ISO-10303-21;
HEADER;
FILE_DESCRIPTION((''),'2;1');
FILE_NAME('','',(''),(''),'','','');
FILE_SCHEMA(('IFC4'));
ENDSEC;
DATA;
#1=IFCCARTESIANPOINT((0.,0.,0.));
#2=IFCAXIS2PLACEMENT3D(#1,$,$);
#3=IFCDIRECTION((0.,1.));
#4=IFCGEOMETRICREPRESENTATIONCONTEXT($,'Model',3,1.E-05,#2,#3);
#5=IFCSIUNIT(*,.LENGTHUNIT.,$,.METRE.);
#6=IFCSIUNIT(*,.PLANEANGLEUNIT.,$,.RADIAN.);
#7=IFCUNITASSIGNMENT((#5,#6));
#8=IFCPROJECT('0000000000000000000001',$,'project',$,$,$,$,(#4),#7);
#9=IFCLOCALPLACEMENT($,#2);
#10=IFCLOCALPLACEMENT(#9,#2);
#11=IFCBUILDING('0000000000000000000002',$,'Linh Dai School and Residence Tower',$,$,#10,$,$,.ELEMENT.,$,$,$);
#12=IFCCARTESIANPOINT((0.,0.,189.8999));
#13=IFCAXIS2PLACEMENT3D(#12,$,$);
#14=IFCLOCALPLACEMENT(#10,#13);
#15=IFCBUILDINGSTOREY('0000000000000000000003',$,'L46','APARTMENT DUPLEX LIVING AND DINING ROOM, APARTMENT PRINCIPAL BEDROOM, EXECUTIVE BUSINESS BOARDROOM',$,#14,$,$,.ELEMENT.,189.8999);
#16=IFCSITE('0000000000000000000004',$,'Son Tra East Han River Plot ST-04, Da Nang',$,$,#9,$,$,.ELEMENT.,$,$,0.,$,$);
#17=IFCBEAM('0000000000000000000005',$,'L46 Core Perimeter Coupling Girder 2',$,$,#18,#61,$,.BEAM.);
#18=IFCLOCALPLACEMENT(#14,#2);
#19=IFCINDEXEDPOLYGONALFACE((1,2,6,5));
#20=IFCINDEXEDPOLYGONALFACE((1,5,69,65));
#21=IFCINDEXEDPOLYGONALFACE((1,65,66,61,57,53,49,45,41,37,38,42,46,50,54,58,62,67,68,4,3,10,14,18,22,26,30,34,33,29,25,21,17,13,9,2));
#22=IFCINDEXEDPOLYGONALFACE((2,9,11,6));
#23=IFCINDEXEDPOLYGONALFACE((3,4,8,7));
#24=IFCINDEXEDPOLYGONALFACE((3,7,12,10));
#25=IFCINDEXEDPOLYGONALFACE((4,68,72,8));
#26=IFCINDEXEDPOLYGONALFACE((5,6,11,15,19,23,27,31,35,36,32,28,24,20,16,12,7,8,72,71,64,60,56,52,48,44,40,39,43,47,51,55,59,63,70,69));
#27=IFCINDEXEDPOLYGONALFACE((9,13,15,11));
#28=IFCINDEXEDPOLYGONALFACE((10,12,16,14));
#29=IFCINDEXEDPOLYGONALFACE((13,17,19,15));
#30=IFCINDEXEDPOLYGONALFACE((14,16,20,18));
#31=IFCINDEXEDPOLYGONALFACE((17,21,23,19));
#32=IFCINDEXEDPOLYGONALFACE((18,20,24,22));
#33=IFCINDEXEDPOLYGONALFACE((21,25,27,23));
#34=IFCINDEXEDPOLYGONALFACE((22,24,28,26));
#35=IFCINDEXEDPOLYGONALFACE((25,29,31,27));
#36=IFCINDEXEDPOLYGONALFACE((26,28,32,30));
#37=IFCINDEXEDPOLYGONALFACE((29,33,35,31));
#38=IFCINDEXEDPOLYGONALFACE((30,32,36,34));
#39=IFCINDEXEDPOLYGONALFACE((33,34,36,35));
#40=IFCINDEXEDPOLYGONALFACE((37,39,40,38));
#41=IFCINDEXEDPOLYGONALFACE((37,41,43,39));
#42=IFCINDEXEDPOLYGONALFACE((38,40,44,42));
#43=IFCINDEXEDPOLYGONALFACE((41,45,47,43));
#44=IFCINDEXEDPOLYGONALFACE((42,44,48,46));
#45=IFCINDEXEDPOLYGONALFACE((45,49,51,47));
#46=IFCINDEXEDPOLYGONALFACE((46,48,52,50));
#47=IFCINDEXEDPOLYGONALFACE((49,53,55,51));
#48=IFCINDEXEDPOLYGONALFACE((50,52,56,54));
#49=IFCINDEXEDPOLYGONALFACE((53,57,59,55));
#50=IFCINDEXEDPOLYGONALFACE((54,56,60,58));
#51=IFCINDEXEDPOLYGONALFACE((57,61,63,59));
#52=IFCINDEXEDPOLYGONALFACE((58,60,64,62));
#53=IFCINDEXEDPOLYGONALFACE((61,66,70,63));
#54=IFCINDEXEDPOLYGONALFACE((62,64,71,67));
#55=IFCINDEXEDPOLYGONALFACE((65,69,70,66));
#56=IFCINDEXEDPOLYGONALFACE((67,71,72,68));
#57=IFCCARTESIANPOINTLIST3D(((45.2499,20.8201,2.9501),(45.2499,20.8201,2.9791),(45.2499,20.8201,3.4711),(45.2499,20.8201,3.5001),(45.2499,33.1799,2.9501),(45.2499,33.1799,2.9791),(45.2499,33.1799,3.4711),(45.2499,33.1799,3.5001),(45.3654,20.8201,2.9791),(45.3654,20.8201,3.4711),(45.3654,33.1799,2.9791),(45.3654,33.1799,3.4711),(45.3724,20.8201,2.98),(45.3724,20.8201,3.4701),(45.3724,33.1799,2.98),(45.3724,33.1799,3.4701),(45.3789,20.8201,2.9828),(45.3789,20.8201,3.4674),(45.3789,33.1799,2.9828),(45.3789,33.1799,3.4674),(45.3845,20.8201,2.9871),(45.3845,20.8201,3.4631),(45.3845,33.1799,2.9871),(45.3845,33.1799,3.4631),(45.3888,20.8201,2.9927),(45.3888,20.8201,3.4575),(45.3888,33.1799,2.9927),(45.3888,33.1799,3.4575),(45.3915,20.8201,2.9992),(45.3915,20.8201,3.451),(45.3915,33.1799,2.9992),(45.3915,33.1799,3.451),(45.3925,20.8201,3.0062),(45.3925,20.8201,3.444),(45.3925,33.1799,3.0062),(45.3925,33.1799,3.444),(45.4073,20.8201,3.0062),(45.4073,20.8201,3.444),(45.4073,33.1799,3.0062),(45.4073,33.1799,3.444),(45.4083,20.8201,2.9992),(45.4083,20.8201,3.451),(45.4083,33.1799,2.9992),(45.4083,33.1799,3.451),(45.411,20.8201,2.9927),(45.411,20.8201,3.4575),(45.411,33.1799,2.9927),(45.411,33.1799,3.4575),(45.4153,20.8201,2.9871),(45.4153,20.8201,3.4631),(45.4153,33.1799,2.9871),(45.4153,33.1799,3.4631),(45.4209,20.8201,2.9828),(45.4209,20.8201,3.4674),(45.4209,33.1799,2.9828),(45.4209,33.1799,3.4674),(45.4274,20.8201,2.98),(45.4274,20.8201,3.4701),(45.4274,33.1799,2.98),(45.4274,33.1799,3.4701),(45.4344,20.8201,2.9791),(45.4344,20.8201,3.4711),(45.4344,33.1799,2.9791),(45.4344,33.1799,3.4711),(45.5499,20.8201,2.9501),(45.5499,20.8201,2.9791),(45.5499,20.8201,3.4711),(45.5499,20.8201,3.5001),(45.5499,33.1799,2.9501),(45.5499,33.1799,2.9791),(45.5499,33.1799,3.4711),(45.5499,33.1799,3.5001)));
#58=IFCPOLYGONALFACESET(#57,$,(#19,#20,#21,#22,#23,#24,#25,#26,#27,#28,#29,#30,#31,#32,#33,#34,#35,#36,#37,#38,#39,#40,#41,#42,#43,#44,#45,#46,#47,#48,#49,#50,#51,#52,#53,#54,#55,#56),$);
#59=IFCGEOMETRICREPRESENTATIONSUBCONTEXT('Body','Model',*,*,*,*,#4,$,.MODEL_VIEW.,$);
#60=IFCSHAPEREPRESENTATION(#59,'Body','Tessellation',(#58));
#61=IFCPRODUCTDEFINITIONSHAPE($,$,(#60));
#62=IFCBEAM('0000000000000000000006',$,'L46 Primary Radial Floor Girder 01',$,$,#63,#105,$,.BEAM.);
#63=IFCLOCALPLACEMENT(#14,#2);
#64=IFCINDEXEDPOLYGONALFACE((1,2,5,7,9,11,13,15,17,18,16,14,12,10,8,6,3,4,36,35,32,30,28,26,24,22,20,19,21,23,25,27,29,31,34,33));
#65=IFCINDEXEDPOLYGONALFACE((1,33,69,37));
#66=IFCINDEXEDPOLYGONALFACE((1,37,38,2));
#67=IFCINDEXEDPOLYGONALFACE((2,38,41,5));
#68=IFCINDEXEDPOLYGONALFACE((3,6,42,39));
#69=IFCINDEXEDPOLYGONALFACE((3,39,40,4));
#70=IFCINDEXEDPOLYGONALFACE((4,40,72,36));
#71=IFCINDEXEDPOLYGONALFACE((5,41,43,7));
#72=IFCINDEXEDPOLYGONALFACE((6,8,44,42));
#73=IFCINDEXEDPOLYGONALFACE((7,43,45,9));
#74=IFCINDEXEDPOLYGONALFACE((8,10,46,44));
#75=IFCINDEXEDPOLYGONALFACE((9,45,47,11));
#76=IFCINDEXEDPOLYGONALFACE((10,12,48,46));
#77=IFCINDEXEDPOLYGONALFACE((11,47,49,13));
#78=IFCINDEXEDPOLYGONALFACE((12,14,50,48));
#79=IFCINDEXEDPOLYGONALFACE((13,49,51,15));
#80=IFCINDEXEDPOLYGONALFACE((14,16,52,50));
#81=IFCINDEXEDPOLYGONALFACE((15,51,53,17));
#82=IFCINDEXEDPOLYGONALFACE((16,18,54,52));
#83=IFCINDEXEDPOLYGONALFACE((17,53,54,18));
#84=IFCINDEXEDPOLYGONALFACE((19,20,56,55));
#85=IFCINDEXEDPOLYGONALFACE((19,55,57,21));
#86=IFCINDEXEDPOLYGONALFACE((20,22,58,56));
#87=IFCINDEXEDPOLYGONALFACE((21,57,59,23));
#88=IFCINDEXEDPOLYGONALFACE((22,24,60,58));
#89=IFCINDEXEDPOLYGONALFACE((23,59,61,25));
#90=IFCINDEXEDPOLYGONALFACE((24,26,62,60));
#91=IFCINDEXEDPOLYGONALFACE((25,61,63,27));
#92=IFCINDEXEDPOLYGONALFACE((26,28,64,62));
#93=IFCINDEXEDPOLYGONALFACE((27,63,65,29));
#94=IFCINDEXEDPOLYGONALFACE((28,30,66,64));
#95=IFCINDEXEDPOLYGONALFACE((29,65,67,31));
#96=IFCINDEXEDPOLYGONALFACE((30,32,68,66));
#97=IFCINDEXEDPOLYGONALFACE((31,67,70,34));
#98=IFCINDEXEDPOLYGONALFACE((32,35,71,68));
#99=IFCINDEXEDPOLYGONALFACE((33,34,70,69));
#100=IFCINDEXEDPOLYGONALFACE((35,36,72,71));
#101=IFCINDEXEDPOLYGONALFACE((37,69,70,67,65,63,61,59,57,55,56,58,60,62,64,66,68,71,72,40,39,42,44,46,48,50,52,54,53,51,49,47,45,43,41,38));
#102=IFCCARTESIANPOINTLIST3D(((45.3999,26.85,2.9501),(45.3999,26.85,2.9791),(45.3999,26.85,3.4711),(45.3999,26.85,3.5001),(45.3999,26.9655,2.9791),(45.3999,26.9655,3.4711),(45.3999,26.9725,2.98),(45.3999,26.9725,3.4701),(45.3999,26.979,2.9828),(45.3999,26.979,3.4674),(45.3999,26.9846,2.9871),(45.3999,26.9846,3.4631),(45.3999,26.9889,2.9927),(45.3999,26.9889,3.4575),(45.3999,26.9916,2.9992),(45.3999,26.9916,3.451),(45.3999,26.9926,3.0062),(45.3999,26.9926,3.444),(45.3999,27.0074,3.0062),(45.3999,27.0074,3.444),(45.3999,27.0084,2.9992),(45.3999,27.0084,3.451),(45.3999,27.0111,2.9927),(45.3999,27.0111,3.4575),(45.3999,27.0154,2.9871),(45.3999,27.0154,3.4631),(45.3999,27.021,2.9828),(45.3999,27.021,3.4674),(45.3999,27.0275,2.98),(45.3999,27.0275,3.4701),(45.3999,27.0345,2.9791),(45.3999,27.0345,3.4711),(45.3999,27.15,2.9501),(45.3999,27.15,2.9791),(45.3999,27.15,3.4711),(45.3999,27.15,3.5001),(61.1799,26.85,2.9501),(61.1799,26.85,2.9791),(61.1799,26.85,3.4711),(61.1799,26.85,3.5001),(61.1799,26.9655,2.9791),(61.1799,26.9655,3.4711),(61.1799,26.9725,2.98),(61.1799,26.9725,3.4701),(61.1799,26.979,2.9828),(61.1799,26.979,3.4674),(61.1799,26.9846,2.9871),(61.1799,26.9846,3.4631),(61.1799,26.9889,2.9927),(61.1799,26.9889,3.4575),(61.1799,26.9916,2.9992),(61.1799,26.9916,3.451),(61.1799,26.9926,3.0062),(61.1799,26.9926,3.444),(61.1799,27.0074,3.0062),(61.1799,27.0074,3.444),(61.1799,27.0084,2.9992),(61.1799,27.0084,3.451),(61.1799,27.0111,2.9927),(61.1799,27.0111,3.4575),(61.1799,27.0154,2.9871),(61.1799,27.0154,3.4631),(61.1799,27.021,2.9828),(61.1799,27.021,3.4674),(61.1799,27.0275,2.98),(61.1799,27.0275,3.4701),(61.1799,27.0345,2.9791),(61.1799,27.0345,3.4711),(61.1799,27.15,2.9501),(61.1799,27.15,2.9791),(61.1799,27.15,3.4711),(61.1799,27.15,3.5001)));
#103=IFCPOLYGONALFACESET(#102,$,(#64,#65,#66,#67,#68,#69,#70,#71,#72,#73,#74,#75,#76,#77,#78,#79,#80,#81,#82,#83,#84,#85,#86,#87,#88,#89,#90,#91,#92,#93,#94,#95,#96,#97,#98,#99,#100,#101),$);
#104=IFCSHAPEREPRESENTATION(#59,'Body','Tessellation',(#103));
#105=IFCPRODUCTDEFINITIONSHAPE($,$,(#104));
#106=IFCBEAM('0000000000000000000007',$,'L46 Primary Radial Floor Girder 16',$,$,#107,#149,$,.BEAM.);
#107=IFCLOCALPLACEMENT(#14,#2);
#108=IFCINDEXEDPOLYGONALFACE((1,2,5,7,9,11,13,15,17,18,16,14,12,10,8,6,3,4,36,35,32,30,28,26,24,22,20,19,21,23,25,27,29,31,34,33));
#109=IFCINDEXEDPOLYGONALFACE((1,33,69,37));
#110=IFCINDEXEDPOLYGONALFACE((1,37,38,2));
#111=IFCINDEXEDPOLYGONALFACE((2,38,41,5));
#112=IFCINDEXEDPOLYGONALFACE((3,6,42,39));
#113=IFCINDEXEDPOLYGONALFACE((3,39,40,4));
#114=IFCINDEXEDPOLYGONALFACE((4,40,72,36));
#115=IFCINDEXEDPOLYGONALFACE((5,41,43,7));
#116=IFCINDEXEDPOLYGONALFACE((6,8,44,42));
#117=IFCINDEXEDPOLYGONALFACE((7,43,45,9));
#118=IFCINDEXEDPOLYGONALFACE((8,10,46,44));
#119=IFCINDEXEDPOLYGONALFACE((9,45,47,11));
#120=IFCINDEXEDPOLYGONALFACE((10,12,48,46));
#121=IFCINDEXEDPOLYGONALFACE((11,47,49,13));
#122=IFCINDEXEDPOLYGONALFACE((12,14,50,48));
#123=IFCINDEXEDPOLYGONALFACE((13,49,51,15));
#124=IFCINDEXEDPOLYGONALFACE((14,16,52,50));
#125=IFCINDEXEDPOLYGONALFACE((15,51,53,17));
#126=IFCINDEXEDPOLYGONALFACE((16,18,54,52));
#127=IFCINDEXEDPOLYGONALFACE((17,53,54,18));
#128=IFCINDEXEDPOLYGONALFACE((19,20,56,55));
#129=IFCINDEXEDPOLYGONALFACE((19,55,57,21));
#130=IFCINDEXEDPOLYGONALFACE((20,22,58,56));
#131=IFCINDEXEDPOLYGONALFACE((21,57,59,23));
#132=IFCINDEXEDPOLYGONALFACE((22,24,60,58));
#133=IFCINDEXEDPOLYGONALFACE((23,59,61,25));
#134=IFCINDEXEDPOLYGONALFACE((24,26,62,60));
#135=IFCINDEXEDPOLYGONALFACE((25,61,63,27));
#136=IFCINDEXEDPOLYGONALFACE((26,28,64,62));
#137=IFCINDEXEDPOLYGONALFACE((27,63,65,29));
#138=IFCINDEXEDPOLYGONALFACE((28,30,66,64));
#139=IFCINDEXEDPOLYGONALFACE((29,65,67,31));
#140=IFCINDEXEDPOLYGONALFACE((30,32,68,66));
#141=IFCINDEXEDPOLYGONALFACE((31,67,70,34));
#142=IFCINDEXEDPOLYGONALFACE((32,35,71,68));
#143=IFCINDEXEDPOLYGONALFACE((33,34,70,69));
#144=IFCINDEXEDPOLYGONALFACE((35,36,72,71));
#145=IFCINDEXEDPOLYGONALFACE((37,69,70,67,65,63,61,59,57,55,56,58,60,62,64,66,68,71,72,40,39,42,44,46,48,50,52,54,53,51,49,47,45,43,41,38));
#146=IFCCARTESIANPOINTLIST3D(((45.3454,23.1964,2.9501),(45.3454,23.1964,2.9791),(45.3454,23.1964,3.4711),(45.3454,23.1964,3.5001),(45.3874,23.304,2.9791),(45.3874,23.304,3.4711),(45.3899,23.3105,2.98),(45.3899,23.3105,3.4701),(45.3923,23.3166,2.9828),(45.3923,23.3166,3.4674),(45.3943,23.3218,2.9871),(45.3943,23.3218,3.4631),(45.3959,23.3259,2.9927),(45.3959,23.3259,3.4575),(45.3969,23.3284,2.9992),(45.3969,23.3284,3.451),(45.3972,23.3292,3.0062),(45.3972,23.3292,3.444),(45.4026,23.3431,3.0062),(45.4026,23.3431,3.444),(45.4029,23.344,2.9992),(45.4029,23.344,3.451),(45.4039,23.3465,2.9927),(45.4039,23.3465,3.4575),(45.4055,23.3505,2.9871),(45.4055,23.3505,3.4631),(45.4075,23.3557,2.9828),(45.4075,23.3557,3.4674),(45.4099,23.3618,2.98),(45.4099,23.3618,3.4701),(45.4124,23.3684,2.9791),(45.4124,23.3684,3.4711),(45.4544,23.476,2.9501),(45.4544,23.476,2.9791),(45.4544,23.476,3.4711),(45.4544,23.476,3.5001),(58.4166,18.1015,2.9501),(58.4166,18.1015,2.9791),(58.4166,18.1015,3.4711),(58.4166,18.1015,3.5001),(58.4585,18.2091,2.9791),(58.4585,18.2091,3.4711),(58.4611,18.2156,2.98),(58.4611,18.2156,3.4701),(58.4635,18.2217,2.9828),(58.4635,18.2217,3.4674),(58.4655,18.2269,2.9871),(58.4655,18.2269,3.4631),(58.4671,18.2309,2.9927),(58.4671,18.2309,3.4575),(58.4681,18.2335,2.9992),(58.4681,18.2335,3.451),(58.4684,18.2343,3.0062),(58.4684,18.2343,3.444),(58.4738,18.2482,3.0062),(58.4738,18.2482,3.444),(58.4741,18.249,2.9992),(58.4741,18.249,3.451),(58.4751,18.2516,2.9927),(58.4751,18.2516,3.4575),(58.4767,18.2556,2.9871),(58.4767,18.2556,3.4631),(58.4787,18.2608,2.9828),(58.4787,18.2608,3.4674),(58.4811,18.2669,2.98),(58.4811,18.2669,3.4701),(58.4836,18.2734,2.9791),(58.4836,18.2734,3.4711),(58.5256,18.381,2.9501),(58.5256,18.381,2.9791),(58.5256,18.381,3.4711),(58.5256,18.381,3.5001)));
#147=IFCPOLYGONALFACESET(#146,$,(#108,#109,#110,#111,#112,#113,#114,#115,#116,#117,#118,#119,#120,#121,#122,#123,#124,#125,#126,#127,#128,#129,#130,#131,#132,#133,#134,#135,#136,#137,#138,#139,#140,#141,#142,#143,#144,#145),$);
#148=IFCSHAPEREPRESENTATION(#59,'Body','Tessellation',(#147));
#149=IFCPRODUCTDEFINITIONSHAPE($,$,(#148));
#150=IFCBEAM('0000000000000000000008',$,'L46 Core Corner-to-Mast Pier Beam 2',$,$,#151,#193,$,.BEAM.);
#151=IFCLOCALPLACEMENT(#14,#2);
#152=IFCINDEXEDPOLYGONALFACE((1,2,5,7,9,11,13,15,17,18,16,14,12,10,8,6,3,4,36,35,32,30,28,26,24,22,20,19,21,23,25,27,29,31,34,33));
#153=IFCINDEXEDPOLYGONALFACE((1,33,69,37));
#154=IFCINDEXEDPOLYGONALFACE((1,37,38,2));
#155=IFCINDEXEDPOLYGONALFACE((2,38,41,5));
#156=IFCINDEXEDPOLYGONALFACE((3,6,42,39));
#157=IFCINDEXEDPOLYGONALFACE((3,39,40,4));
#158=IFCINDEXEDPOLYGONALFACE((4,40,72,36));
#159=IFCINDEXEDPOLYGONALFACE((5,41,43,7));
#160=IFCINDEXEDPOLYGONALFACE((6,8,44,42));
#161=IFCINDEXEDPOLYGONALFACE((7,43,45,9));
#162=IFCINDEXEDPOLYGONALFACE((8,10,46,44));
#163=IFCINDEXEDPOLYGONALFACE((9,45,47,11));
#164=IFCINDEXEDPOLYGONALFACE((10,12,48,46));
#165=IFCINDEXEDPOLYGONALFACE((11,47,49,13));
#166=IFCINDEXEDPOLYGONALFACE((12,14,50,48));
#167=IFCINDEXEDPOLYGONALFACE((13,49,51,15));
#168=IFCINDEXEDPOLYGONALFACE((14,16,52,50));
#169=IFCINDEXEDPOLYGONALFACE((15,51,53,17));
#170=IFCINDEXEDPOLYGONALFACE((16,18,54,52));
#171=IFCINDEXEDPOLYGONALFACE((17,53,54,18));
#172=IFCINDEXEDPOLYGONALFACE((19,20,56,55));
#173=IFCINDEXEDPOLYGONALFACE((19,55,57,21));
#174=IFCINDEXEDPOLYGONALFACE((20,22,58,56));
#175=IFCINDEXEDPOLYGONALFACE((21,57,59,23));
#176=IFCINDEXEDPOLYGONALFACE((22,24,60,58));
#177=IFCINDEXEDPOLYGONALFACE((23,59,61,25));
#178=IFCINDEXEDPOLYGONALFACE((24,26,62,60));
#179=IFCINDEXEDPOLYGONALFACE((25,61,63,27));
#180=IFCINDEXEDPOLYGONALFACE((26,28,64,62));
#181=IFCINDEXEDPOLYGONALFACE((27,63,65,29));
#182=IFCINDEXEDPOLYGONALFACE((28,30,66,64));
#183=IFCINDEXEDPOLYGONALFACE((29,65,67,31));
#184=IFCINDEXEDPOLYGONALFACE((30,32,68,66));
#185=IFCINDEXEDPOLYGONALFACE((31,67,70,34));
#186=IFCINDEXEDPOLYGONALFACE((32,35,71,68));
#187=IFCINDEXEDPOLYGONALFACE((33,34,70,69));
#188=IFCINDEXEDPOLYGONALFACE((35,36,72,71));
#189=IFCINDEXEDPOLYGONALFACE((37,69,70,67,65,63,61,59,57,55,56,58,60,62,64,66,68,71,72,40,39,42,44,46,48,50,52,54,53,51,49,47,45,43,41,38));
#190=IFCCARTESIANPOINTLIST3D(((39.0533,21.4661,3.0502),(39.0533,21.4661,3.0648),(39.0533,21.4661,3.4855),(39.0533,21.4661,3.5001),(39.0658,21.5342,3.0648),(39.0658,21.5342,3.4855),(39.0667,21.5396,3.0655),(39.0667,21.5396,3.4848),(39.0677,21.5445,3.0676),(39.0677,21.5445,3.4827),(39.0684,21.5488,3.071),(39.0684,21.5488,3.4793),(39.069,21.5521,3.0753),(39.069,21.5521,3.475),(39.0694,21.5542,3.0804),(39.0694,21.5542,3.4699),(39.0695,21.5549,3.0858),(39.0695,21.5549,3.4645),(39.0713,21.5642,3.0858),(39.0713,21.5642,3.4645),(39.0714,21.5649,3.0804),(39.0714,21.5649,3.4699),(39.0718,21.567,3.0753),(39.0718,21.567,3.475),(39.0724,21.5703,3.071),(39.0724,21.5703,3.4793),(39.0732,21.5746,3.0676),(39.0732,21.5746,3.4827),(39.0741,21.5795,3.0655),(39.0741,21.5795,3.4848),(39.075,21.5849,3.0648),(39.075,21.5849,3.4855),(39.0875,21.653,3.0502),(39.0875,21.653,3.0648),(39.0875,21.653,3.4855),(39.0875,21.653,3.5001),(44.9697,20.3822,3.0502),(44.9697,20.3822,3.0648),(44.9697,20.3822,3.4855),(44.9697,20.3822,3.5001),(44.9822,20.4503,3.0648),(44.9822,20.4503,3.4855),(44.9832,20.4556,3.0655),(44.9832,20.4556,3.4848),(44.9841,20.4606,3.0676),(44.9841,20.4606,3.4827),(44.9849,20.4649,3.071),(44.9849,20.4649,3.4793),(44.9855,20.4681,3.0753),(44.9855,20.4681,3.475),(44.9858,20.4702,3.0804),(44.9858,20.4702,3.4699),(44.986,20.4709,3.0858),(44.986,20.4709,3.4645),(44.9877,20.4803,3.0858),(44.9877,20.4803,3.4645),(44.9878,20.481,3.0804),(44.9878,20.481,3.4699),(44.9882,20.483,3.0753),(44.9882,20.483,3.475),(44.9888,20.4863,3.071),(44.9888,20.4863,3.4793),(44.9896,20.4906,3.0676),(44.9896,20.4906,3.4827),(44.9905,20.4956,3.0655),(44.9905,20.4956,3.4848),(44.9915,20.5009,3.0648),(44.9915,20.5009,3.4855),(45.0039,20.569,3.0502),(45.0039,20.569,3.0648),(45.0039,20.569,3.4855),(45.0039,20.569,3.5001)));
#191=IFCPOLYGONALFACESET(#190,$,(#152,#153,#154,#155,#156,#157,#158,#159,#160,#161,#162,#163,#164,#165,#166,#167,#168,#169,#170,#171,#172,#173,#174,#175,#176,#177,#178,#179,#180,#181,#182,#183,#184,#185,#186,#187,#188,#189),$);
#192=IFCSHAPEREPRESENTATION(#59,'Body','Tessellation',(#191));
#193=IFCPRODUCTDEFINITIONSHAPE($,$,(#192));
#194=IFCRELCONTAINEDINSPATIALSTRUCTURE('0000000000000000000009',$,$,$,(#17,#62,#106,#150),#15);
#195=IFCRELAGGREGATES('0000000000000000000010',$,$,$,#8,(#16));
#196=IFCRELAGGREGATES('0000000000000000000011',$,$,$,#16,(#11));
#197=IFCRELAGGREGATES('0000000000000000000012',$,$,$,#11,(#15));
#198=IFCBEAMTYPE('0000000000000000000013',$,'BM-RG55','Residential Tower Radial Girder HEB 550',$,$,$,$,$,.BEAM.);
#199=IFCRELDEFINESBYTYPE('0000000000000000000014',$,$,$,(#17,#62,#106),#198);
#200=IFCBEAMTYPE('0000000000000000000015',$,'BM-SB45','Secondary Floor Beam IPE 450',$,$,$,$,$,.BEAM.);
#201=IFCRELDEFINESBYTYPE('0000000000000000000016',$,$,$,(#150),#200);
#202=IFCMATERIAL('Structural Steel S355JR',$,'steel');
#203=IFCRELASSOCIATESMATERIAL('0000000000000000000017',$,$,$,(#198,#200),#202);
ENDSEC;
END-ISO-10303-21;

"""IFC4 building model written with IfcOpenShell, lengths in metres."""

from ifc_helpers import new_model, si_unit, direction, frame, origin, origin_2d, place, context, subcontext, project, spatial, i_section, extrude, material, material_profile, profile_set, type_object, element, save


model = new_model("IFC4")

# Units and contexts
model_context = context("Model", 3, precision=1e-05, world=origin(), true_north=direction((0.0, 1.0)))
body_context = subcontext(model_context, "Body", "Model", "MODEL_VIEW")
ifc_project = project(units=[si_unit("LENGTHUNIT", "METRE"), si_unit("PLANEANGLEUNIT", "RADIAN")], contexts=[model_context])

# Site, building, storey
site_placement = place(None, origin())
site = spatial("IfcSite", under=ifc_project, at=site_placement, Name="Son Tra East Han River Plot ST-04, Da Nang", CompositionType="ELEMENT", RefElevation=0.0)
building_placement = place(site_placement, origin())
building = spatial("IfcBuilding", under=site, at=building_placement, Name="Linh Dai School and Residence Tower", CompositionType="ELEMENT")
storey_placement = place(building_placement, frame((0.0, 0.0, 189.8999)))
storey = spatial("IfcBuildingStorey", under=building, at=storey_placement, Name="L46", Description="APARTMENT DUPLEX LIVING AND DINING ROOM, APARTMENT PRINCIPAL BEDROOM, EXECUTIVE BUSINESS BOARDROOM", CompositionType="ELEMENT", Elevation=189.8999)

# Shared definitions
ifc_material_1 = material(Name="Structural Steel S355JR", Category="steel")

# Beams
ifc_material_profile_1 = material_profile(ifc_material_1, i_section(OverallWidth=0.3, OverallDepth=0.55, WebThickness=0.0149, FlangeThickness=0.0291, FilletRadius=0.0271, at=origin_2d()), Name="HEB 550")
ifc_profile_set_1 = profile_set([ifc_material_profile_1], Name="Structural Steel S355JR")
beam_type_1 = type_object("IfcBeamType", Name="BM-RG55", Description="Residential Tower Radial Girder HEB 550", PredefinedType="BEAM", material=ifc_profile_set_1)
beam_1_placement = place(storey_placement, frame((45.3999, 20.8201, 3.2251), z_axis=(0.0, 1.0, 0.0), x_axis=(-1.0, 0.0, 0.0)))
element("IfcBeam", 1, at=beam_1_placement, inside=storey, type_object=beam_type_1, Name="L46 Core Perimeter Coupling Girder 2", PredefinedType="BEAM", context=body_context, shape_type="SweptSolid", body=[
    extrude(i_section(OverallWidth=0.3, OverallDepth=0.55, WebThickness=0.0149, FlangeThickness=0.0291, FilletRadius=0.0271, at=origin_2d()), origin(), (0.0, 0.0, 1.0), 12.3599),
])
beam_2_placement = place(storey_placement, frame((45.3999, 27.0, 3.2251), z_axis=(1.0, 0.0, 0.0), x_axis=(0.0, 1.0, 0.0)))
element("IfcBeam", 2, at=beam_2_placement, inside=storey, type_object=beam_type_1, Name="L46 Primary Radial Floor Girder 01", PredefinedType="BEAM", context=body_context, shape_type="SweptSolid", body=[
    extrude(i_section(OverallWidth=0.3, OverallDepth=0.55, WebThickness=0.0149, FlangeThickness=0.0291, FilletRadius=0.0271, at=origin_2d()), origin(), (0.0, 0.0, 1.0), 15.78),
])
beam_3_placement = place(storey_placement, frame((45.3999, 23.3362, 3.2251), z_axis=(0.931723, -0.36317, 0.0), x_axis=(0.36317, 0.931723, 0.0)))
element("IfcBeam", 3, at=beam_3_placement, inside=storey, type_object=beam_type_1, Name="L46 Primary Radial Floor Girder 16", PredefinedType="BEAM", context=body_context, shape_type="SweptSolid", body=[
    extrude(i_section(OverallWidth=0.3, OverallDepth=0.55, WebThickness=0.0149, FlangeThickness=0.0291, FilletRadius=0.0271, at=origin_2d()), origin(), (0.0, 0.0, 1.0), 14.0291),
])
ifc_material_profile_2 = material_profile(ifc_material_1, i_section(OverallWidth=0.1899, OverallDepth=0.45, WebThickness=0.0095, FlangeThickness=0.0146, FilletRadius=0.021, at=origin_2d()), Name="IPE 450")
ifc_profile_set_2 = profile_set([ifc_material_profile_2], Name="Structural Steel S355JR")
beam_type_2 = type_object("IfcBeamType", Name="BM-SB45", Description="Secondary Floor Beam IPE 450", PredefinedType="BEAM", material=ifc_profile_set_2)
beam_4_placement = place(storey_placement, frame((44.9868, 20.4756, 3.2751), z_axis=(-0.983627, 0.180214, 0.0), x_axis=(-0.180214, -0.983627, 0.0)))
element("IfcBeam", 4, at=beam_4_placement, inside=storey, type_object=beam_type_2, Name="L46 Core Corner-to-Mast Pier Beam 2", PredefinedType="BEAM", context=body_context, shape_type="SweptSolid", body=[
    extrude(i_section(OverallWidth=0.1899, OverallDepth=0.45, WebThickness=0.0095, FlangeThickness=0.0146, FilletRadius=0.021, at=origin_2d()), origin(), (0.0, 0.0, 1.0), 6.0149),
])

save(model, "model.ifc")
